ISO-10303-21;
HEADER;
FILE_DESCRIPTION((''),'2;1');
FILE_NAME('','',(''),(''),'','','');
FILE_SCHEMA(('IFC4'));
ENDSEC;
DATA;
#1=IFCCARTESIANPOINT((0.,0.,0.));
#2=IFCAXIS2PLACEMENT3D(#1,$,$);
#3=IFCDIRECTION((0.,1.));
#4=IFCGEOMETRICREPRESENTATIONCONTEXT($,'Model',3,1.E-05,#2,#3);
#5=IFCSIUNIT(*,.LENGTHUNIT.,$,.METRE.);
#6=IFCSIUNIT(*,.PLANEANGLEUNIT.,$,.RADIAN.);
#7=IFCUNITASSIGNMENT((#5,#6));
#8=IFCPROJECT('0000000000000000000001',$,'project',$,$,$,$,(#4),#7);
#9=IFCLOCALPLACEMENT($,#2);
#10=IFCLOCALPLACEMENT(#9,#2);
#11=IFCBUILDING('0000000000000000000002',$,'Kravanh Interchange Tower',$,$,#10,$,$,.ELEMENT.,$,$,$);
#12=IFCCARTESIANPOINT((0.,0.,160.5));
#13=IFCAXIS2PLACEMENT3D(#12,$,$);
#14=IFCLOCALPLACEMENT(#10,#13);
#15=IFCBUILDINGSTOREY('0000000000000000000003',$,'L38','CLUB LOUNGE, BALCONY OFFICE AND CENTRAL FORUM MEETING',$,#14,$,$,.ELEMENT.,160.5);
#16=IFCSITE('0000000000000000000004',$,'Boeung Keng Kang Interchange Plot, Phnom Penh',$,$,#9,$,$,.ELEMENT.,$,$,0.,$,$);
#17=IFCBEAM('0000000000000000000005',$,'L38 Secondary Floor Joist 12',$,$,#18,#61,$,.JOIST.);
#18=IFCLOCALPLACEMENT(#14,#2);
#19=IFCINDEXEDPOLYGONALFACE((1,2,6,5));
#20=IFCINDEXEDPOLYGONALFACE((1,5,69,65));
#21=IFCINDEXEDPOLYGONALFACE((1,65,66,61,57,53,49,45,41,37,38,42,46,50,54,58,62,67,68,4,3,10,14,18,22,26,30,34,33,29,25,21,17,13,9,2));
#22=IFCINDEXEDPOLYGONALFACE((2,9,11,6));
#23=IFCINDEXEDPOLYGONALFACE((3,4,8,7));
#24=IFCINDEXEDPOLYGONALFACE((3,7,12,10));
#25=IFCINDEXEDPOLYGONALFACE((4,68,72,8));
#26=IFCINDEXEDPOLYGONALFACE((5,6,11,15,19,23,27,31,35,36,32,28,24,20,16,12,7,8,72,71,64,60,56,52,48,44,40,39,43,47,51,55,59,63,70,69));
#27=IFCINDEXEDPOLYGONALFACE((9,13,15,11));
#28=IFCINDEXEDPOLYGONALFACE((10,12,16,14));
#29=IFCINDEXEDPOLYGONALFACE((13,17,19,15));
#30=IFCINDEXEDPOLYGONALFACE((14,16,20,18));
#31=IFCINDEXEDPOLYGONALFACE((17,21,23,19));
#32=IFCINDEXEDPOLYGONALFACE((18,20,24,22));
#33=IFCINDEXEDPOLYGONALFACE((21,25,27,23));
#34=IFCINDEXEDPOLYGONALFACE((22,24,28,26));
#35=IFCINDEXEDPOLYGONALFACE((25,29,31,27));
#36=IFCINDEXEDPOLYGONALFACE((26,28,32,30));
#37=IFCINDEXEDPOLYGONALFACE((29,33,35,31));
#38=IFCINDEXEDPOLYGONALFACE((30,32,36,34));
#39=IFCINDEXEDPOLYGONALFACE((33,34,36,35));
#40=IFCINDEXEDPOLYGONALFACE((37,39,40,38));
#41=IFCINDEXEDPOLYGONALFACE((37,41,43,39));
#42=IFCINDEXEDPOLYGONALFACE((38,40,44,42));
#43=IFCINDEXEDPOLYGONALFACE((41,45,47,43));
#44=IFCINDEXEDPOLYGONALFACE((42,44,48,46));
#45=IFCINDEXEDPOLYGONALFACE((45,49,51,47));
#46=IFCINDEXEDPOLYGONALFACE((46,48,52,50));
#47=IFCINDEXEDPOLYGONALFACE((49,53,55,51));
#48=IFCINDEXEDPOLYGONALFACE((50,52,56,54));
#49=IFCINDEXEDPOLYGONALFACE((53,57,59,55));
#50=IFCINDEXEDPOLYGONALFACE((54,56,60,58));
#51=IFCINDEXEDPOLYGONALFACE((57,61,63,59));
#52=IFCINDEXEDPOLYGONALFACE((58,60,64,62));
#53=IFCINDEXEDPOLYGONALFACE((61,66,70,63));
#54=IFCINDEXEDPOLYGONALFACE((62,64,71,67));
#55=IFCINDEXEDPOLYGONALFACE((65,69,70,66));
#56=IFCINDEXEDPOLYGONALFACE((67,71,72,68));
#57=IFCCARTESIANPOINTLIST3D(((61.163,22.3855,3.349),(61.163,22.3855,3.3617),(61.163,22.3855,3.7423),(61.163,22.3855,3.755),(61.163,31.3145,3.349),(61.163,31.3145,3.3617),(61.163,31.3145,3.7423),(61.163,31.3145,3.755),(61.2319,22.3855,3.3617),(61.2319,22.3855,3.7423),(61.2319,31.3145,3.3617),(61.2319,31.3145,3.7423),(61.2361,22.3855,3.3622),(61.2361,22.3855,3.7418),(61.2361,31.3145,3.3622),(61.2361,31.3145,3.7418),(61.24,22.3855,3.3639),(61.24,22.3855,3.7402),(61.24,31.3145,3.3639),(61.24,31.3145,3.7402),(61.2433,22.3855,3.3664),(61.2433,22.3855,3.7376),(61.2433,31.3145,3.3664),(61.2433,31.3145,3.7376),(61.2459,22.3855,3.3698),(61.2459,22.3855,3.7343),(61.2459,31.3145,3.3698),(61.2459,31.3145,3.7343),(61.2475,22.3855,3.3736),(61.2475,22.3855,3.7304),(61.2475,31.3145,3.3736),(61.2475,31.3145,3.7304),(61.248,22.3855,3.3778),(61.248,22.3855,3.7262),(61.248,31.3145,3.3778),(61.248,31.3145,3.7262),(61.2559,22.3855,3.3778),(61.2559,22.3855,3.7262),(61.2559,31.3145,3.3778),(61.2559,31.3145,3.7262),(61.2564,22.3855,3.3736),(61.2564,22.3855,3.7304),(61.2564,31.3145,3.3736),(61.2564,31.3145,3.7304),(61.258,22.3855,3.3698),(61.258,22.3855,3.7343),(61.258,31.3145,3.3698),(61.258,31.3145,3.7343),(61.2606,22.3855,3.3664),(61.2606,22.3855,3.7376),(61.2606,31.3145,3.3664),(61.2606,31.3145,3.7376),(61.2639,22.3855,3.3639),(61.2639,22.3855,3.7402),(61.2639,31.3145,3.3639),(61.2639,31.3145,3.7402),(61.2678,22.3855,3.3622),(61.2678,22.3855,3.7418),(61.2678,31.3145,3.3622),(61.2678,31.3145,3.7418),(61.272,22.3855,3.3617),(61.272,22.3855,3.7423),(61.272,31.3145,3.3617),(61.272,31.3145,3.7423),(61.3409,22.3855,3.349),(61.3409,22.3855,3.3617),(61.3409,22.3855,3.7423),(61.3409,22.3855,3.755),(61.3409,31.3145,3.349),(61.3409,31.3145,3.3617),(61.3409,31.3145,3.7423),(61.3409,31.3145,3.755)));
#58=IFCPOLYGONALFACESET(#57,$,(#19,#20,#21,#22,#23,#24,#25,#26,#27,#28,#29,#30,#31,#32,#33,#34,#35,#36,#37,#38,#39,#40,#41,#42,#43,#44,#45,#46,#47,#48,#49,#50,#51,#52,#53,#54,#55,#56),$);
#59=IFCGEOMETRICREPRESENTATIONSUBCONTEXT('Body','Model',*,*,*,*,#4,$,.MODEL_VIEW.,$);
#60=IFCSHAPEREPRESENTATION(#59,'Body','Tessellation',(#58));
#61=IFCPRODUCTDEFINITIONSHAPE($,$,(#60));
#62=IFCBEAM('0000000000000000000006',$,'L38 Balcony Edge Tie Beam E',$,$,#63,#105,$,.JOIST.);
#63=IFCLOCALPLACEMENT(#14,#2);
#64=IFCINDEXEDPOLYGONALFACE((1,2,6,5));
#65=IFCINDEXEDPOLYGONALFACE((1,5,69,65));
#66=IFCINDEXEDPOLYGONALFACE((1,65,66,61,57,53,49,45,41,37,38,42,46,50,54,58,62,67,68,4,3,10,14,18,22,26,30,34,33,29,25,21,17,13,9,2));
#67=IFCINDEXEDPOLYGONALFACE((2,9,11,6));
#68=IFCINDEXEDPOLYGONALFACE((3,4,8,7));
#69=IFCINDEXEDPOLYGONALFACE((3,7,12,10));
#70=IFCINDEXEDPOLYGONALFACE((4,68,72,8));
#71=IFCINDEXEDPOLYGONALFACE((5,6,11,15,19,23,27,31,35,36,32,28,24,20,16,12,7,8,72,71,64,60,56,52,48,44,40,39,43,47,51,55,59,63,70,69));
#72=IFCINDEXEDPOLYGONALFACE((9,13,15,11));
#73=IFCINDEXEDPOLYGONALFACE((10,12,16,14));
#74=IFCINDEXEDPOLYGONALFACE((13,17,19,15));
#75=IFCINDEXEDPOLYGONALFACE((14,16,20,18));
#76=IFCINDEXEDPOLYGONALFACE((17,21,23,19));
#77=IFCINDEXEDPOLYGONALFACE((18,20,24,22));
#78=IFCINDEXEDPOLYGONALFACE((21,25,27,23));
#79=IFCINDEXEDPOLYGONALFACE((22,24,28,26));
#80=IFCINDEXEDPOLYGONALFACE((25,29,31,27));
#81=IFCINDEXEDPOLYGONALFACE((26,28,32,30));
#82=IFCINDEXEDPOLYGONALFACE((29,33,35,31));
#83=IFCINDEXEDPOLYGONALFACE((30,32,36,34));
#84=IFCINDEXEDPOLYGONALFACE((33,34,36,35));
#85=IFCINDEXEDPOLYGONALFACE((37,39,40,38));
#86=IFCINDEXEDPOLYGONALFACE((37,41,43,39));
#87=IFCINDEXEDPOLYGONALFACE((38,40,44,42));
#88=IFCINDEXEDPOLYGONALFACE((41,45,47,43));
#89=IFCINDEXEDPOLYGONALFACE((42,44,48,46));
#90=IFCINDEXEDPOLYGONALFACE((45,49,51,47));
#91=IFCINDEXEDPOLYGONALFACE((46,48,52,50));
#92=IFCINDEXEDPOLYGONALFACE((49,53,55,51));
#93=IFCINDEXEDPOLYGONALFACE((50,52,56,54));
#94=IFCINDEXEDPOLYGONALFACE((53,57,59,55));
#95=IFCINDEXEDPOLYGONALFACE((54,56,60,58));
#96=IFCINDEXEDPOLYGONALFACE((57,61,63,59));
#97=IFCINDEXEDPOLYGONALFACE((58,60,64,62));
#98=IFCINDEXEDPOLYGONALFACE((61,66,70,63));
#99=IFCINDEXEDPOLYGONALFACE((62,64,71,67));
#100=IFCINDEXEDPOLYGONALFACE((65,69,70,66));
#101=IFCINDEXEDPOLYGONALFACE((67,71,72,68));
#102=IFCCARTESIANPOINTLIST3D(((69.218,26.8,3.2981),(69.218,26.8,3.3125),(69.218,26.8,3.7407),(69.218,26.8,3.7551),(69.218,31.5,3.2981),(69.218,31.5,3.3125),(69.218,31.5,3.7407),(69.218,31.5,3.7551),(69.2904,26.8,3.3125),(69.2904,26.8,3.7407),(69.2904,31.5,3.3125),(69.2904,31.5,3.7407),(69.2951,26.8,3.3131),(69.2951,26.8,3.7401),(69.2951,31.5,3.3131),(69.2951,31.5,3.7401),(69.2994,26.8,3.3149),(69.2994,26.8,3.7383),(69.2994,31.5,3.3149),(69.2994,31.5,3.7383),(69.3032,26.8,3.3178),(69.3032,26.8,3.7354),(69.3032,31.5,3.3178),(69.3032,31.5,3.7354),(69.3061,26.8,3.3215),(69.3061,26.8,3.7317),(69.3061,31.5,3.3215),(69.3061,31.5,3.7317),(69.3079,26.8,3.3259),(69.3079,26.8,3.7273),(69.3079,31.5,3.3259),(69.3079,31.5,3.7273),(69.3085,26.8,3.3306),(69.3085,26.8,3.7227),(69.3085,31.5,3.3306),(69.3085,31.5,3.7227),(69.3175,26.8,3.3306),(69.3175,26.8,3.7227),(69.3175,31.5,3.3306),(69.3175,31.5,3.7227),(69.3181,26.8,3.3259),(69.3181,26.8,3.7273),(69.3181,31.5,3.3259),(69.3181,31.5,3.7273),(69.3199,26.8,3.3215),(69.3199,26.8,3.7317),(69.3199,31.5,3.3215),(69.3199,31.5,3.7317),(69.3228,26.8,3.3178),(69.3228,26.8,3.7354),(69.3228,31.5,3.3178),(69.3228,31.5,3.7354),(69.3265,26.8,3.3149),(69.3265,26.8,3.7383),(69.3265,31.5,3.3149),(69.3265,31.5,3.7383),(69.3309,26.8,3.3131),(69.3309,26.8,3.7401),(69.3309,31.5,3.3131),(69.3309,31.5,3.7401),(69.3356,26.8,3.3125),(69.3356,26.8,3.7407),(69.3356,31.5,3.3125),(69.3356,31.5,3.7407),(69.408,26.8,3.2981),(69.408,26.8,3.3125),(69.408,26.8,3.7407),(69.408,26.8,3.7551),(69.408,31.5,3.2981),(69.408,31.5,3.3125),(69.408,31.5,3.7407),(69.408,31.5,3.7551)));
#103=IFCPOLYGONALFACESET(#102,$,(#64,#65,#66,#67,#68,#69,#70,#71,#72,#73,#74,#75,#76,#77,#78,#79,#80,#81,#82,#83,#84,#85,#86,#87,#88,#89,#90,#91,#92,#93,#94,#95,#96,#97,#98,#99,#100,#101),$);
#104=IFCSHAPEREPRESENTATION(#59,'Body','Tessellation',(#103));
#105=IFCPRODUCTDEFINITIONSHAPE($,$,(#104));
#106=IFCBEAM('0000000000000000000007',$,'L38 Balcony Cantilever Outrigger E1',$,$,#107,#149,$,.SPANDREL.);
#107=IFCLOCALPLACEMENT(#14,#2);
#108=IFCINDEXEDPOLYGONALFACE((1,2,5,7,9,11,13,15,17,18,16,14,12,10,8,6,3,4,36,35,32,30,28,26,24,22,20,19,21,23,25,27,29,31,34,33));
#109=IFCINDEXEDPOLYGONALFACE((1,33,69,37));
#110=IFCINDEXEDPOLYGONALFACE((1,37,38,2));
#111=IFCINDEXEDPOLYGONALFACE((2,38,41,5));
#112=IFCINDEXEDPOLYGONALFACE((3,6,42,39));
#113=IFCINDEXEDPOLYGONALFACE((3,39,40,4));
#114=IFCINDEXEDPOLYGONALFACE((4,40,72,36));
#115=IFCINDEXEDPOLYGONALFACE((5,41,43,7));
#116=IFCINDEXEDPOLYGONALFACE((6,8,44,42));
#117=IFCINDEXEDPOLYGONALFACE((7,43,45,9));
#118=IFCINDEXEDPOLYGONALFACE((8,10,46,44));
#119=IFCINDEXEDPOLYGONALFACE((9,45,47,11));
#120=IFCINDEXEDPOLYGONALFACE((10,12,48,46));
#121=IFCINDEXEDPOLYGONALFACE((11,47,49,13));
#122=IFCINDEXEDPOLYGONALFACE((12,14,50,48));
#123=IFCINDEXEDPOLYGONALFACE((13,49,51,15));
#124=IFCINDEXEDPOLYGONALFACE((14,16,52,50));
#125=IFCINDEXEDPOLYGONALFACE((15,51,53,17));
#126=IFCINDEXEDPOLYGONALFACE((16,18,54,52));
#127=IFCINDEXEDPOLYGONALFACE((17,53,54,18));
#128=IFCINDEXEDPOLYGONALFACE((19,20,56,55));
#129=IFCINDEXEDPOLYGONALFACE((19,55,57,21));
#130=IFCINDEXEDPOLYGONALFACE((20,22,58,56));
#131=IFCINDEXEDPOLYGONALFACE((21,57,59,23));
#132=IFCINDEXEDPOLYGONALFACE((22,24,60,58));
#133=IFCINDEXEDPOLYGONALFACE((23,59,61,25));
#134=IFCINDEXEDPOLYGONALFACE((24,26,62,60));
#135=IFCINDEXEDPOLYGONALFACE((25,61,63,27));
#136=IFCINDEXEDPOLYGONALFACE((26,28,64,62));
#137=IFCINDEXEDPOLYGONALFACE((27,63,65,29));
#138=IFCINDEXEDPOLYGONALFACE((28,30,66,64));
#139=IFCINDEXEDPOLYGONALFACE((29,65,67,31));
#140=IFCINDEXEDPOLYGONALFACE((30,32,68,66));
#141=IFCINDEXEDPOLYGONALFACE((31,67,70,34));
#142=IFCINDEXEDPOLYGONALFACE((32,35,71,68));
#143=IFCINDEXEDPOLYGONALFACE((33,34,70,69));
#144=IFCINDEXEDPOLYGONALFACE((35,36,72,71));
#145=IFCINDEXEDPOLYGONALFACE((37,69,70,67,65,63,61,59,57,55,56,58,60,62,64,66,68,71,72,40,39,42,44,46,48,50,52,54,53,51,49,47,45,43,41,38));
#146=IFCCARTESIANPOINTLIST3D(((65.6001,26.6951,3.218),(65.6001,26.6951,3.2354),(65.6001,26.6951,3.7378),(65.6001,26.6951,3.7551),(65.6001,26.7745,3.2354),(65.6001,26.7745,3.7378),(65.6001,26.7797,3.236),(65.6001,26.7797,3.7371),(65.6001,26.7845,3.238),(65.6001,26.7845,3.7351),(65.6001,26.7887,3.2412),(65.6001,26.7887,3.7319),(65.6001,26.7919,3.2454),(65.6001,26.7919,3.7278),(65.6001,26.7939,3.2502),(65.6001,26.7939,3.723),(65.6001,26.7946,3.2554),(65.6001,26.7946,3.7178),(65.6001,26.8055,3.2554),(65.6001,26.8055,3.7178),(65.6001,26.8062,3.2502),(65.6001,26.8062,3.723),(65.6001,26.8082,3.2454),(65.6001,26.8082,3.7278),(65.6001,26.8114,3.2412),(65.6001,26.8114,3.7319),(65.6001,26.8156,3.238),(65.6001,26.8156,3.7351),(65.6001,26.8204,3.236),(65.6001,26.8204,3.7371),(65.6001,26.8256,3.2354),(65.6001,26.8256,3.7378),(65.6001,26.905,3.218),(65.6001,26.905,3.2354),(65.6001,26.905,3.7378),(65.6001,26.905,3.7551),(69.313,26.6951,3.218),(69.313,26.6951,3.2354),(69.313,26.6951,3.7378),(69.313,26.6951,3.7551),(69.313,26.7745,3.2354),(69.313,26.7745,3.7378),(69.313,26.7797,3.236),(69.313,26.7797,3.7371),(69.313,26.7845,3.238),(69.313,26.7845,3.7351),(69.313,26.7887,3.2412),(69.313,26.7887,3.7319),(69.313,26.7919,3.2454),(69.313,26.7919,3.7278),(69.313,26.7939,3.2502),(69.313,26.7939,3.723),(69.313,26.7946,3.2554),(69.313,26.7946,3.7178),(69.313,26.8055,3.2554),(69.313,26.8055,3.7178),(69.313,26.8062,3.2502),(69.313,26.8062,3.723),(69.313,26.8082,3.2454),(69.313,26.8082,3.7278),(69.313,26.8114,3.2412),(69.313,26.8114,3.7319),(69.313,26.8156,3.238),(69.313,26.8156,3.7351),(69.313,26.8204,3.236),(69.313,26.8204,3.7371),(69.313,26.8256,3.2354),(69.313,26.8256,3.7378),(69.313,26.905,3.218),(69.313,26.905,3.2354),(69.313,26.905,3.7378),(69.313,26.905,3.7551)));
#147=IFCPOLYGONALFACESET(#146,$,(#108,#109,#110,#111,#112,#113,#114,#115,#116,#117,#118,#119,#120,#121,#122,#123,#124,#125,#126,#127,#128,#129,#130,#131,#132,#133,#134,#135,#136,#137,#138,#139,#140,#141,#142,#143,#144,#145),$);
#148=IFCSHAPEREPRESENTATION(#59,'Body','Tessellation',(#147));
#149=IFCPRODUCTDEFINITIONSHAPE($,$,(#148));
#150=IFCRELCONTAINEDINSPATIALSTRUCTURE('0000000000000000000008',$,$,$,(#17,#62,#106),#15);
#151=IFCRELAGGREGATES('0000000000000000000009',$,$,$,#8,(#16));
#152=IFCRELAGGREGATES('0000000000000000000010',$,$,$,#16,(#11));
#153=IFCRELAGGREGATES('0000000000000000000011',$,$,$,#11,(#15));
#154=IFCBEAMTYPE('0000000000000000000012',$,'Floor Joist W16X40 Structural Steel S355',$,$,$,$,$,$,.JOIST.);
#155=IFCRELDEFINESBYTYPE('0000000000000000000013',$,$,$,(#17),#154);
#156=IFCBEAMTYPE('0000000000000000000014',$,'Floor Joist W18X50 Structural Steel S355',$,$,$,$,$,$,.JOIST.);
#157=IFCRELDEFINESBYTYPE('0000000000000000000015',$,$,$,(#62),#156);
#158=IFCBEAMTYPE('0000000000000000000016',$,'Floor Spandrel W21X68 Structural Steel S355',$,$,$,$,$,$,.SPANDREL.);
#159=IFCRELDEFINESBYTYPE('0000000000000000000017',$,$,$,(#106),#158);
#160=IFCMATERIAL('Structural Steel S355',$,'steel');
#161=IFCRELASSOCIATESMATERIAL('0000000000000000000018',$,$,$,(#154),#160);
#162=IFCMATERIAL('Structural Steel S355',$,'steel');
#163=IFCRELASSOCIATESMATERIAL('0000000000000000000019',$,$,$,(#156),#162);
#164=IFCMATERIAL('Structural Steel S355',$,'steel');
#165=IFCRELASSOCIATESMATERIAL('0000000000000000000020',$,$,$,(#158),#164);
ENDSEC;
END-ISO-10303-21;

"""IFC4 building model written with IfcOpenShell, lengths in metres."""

from ifc_helpers import new_model, si_unit, direction, frame, origin, origin_2d, place, context, subcontext, project, spatial, i_section, extrude, material, material_profile, profile_set, type_object, element, save


model = new_model("IFC4")

# Units and contexts
model_context = context("Model", 3, precision=1e-05, world=origin(), true_north=direction((0.0, 1.0)))
body_context = subcontext(model_context, "Body", "Model", "MODEL_VIEW")
ifc_project = project(units=[si_unit("LENGTHUNIT", "METRE"), si_unit("PLANEANGLEUNIT", "RADIAN")], contexts=[model_context])

# Site, building, storey
site_placement = place(None, origin())
site = spatial("IfcSite", under=ifc_project, at=site_placement, Name="Boeung Keng Kang Interchange Plot, Phnom Penh", CompositionType="ELEMENT", RefElevation=0.0)
building_placement = place(site_placement, origin())
building = spatial("IfcBuilding", under=site, at=building_placement, Name="Kravanh Interchange Tower", CompositionType="ELEMENT")
storey_placement = place(building_placement, frame((0.0, 0.0, 160.5)))
storey = spatial("IfcBuildingStorey", under=building, at=storey_placement, Name="L38", Description="CLUB LOUNGE, BALCONY OFFICE AND CENTRAL FORUM MEETING", CompositionType="ELEMENT", Elevation=160.5)

# Beams
ifc_material_1 = material(Name="Structural Steel S355", Category="steel")
ifc_material_profile_1 = material_profile(ifc_material_1, i_section(OverallWidth=0.178, OverallDepth=0.406, WebThickness=0.0078, FlangeThickness=0.0127, FilletRadius=0.0161, at=origin_2d()), Name="W16X40")
ifc_profile_set_1 = profile_set([ifc_material_profile_1], Name="Structural Steel S355")
beam_type_1 = type_object("IfcBeamType", Name="Floor Joist W16X40 Structural Steel S355", PredefinedType="JOIST", material=ifc_profile_set_1)
for number, where, z_axis, x_axis, name in (
    (1, (61.252, 22.3855, 3.552), (0.0, 1.0, 0.0), (-1.0, 0.0, 0.0), "L38 Secondary Floor Joist 12"),
):
    element("IfcBeam", number, at=place(storey_placement, frame(where, z_axis=z_axis, x_axis=x_axis)), inside=storey, type_object=beam_type_1, Name=name, PredefinedType="JOIST", context=body_context, shape_type="SweptSolid", body=[
        extrude(i_section(OverallWidth=0.178, OverallDepth=0.406, WebThickness=0.0078, FlangeThickness=0.0127, FilletRadius=0.0161, at=origin_2d()), origin(), (0.0, 0.0, 1.0), 8.929),
    ])
ifc_material_2 = material(Name="Structural Steel S355", Category="steel")
ifc_material_profile_2 = material_profile(ifc_material_2, i_section(OverallWidth=0.1899, OverallDepth=0.457, WebThickness=0.009, FlangeThickness=0.0144, FilletRadius=0.0181, at=origin_2d()), Name="W18X50")
ifc_profile_set_2 = profile_set([ifc_material_profile_2], Name="Structural Steel S355")
beam_type_2 = type_object("IfcBeamType", Name="Floor Joist W18X50 Structural Steel S355", PredefinedType="JOIST", material=ifc_profile_set_2)
beam_1_placement = place(storey_placement, frame((69.313, 26.8, 3.5266), z_axis=(0.0, 1.0, 0.0), x_axis=(-1.0, 0.0, 0.0)))
element("IfcBeam", 2, at=beam_1_placement, inside=storey, type_object=beam_type_2, Name="L38 Balcony Edge Tie Beam E", PredefinedType="JOIST", context=body_context, shape_type="SweptSolid", body=[
    extrude(i_section(OverallWidth=0.1899, OverallDepth=0.457, WebThickness=0.009, FlangeThickness=0.0144, FilletRadius=0.0181, at=origin_2d()), origin(), (0.0, 0.0, 1.0), 4.7),
])
ifc_material_3 = material(Name="Structural Steel S355", Category="steel")
ifc_material_profile_3 = material_profile(ifc_material_3, i_section(OverallWidth=0.21, OverallDepth=0.5371, WebThickness=0.011, FlangeThickness=0.0173, FilletRadius=0.02, at=origin_2d()), Name="W21X68")
ifc_profile_set_3 = profile_set([ifc_material_profile_3], Name="Structural Steel S355")
beam_type_3 = type_object("IfcBeamType", Name="Floor Spandrel W21X68 Structural Steel S355", PredefinedType="SPANDREL", material=ifc_profile_set_3)
beam_2_placement = place(storey_placement, frame((65.6001, 26.8, 3.4866), z_axis=(1.0, 0.0, 0.0), x_axis=(0.0, 1.0, 0.0)))
element("IfcBeam", 3, at=beam_2_placement, inside=storey, type_object=beam_type_3, Name="L38 Balcony Cantilever Outrigger E1", PredefinedType="SPANDREL", context=body_context, shape_type="SweptSolid", body=[
    extrude(i_section(OverallWidth=0.21, OverallDepth=0.5371, WebThickness=0.011, FlangeThickness=0.0173, FilletRadius=0.02, at=origin_2d()), origin(), (0.0, 0.0, 1.0), 3.7129),
])

save(model, "model.ifc")
